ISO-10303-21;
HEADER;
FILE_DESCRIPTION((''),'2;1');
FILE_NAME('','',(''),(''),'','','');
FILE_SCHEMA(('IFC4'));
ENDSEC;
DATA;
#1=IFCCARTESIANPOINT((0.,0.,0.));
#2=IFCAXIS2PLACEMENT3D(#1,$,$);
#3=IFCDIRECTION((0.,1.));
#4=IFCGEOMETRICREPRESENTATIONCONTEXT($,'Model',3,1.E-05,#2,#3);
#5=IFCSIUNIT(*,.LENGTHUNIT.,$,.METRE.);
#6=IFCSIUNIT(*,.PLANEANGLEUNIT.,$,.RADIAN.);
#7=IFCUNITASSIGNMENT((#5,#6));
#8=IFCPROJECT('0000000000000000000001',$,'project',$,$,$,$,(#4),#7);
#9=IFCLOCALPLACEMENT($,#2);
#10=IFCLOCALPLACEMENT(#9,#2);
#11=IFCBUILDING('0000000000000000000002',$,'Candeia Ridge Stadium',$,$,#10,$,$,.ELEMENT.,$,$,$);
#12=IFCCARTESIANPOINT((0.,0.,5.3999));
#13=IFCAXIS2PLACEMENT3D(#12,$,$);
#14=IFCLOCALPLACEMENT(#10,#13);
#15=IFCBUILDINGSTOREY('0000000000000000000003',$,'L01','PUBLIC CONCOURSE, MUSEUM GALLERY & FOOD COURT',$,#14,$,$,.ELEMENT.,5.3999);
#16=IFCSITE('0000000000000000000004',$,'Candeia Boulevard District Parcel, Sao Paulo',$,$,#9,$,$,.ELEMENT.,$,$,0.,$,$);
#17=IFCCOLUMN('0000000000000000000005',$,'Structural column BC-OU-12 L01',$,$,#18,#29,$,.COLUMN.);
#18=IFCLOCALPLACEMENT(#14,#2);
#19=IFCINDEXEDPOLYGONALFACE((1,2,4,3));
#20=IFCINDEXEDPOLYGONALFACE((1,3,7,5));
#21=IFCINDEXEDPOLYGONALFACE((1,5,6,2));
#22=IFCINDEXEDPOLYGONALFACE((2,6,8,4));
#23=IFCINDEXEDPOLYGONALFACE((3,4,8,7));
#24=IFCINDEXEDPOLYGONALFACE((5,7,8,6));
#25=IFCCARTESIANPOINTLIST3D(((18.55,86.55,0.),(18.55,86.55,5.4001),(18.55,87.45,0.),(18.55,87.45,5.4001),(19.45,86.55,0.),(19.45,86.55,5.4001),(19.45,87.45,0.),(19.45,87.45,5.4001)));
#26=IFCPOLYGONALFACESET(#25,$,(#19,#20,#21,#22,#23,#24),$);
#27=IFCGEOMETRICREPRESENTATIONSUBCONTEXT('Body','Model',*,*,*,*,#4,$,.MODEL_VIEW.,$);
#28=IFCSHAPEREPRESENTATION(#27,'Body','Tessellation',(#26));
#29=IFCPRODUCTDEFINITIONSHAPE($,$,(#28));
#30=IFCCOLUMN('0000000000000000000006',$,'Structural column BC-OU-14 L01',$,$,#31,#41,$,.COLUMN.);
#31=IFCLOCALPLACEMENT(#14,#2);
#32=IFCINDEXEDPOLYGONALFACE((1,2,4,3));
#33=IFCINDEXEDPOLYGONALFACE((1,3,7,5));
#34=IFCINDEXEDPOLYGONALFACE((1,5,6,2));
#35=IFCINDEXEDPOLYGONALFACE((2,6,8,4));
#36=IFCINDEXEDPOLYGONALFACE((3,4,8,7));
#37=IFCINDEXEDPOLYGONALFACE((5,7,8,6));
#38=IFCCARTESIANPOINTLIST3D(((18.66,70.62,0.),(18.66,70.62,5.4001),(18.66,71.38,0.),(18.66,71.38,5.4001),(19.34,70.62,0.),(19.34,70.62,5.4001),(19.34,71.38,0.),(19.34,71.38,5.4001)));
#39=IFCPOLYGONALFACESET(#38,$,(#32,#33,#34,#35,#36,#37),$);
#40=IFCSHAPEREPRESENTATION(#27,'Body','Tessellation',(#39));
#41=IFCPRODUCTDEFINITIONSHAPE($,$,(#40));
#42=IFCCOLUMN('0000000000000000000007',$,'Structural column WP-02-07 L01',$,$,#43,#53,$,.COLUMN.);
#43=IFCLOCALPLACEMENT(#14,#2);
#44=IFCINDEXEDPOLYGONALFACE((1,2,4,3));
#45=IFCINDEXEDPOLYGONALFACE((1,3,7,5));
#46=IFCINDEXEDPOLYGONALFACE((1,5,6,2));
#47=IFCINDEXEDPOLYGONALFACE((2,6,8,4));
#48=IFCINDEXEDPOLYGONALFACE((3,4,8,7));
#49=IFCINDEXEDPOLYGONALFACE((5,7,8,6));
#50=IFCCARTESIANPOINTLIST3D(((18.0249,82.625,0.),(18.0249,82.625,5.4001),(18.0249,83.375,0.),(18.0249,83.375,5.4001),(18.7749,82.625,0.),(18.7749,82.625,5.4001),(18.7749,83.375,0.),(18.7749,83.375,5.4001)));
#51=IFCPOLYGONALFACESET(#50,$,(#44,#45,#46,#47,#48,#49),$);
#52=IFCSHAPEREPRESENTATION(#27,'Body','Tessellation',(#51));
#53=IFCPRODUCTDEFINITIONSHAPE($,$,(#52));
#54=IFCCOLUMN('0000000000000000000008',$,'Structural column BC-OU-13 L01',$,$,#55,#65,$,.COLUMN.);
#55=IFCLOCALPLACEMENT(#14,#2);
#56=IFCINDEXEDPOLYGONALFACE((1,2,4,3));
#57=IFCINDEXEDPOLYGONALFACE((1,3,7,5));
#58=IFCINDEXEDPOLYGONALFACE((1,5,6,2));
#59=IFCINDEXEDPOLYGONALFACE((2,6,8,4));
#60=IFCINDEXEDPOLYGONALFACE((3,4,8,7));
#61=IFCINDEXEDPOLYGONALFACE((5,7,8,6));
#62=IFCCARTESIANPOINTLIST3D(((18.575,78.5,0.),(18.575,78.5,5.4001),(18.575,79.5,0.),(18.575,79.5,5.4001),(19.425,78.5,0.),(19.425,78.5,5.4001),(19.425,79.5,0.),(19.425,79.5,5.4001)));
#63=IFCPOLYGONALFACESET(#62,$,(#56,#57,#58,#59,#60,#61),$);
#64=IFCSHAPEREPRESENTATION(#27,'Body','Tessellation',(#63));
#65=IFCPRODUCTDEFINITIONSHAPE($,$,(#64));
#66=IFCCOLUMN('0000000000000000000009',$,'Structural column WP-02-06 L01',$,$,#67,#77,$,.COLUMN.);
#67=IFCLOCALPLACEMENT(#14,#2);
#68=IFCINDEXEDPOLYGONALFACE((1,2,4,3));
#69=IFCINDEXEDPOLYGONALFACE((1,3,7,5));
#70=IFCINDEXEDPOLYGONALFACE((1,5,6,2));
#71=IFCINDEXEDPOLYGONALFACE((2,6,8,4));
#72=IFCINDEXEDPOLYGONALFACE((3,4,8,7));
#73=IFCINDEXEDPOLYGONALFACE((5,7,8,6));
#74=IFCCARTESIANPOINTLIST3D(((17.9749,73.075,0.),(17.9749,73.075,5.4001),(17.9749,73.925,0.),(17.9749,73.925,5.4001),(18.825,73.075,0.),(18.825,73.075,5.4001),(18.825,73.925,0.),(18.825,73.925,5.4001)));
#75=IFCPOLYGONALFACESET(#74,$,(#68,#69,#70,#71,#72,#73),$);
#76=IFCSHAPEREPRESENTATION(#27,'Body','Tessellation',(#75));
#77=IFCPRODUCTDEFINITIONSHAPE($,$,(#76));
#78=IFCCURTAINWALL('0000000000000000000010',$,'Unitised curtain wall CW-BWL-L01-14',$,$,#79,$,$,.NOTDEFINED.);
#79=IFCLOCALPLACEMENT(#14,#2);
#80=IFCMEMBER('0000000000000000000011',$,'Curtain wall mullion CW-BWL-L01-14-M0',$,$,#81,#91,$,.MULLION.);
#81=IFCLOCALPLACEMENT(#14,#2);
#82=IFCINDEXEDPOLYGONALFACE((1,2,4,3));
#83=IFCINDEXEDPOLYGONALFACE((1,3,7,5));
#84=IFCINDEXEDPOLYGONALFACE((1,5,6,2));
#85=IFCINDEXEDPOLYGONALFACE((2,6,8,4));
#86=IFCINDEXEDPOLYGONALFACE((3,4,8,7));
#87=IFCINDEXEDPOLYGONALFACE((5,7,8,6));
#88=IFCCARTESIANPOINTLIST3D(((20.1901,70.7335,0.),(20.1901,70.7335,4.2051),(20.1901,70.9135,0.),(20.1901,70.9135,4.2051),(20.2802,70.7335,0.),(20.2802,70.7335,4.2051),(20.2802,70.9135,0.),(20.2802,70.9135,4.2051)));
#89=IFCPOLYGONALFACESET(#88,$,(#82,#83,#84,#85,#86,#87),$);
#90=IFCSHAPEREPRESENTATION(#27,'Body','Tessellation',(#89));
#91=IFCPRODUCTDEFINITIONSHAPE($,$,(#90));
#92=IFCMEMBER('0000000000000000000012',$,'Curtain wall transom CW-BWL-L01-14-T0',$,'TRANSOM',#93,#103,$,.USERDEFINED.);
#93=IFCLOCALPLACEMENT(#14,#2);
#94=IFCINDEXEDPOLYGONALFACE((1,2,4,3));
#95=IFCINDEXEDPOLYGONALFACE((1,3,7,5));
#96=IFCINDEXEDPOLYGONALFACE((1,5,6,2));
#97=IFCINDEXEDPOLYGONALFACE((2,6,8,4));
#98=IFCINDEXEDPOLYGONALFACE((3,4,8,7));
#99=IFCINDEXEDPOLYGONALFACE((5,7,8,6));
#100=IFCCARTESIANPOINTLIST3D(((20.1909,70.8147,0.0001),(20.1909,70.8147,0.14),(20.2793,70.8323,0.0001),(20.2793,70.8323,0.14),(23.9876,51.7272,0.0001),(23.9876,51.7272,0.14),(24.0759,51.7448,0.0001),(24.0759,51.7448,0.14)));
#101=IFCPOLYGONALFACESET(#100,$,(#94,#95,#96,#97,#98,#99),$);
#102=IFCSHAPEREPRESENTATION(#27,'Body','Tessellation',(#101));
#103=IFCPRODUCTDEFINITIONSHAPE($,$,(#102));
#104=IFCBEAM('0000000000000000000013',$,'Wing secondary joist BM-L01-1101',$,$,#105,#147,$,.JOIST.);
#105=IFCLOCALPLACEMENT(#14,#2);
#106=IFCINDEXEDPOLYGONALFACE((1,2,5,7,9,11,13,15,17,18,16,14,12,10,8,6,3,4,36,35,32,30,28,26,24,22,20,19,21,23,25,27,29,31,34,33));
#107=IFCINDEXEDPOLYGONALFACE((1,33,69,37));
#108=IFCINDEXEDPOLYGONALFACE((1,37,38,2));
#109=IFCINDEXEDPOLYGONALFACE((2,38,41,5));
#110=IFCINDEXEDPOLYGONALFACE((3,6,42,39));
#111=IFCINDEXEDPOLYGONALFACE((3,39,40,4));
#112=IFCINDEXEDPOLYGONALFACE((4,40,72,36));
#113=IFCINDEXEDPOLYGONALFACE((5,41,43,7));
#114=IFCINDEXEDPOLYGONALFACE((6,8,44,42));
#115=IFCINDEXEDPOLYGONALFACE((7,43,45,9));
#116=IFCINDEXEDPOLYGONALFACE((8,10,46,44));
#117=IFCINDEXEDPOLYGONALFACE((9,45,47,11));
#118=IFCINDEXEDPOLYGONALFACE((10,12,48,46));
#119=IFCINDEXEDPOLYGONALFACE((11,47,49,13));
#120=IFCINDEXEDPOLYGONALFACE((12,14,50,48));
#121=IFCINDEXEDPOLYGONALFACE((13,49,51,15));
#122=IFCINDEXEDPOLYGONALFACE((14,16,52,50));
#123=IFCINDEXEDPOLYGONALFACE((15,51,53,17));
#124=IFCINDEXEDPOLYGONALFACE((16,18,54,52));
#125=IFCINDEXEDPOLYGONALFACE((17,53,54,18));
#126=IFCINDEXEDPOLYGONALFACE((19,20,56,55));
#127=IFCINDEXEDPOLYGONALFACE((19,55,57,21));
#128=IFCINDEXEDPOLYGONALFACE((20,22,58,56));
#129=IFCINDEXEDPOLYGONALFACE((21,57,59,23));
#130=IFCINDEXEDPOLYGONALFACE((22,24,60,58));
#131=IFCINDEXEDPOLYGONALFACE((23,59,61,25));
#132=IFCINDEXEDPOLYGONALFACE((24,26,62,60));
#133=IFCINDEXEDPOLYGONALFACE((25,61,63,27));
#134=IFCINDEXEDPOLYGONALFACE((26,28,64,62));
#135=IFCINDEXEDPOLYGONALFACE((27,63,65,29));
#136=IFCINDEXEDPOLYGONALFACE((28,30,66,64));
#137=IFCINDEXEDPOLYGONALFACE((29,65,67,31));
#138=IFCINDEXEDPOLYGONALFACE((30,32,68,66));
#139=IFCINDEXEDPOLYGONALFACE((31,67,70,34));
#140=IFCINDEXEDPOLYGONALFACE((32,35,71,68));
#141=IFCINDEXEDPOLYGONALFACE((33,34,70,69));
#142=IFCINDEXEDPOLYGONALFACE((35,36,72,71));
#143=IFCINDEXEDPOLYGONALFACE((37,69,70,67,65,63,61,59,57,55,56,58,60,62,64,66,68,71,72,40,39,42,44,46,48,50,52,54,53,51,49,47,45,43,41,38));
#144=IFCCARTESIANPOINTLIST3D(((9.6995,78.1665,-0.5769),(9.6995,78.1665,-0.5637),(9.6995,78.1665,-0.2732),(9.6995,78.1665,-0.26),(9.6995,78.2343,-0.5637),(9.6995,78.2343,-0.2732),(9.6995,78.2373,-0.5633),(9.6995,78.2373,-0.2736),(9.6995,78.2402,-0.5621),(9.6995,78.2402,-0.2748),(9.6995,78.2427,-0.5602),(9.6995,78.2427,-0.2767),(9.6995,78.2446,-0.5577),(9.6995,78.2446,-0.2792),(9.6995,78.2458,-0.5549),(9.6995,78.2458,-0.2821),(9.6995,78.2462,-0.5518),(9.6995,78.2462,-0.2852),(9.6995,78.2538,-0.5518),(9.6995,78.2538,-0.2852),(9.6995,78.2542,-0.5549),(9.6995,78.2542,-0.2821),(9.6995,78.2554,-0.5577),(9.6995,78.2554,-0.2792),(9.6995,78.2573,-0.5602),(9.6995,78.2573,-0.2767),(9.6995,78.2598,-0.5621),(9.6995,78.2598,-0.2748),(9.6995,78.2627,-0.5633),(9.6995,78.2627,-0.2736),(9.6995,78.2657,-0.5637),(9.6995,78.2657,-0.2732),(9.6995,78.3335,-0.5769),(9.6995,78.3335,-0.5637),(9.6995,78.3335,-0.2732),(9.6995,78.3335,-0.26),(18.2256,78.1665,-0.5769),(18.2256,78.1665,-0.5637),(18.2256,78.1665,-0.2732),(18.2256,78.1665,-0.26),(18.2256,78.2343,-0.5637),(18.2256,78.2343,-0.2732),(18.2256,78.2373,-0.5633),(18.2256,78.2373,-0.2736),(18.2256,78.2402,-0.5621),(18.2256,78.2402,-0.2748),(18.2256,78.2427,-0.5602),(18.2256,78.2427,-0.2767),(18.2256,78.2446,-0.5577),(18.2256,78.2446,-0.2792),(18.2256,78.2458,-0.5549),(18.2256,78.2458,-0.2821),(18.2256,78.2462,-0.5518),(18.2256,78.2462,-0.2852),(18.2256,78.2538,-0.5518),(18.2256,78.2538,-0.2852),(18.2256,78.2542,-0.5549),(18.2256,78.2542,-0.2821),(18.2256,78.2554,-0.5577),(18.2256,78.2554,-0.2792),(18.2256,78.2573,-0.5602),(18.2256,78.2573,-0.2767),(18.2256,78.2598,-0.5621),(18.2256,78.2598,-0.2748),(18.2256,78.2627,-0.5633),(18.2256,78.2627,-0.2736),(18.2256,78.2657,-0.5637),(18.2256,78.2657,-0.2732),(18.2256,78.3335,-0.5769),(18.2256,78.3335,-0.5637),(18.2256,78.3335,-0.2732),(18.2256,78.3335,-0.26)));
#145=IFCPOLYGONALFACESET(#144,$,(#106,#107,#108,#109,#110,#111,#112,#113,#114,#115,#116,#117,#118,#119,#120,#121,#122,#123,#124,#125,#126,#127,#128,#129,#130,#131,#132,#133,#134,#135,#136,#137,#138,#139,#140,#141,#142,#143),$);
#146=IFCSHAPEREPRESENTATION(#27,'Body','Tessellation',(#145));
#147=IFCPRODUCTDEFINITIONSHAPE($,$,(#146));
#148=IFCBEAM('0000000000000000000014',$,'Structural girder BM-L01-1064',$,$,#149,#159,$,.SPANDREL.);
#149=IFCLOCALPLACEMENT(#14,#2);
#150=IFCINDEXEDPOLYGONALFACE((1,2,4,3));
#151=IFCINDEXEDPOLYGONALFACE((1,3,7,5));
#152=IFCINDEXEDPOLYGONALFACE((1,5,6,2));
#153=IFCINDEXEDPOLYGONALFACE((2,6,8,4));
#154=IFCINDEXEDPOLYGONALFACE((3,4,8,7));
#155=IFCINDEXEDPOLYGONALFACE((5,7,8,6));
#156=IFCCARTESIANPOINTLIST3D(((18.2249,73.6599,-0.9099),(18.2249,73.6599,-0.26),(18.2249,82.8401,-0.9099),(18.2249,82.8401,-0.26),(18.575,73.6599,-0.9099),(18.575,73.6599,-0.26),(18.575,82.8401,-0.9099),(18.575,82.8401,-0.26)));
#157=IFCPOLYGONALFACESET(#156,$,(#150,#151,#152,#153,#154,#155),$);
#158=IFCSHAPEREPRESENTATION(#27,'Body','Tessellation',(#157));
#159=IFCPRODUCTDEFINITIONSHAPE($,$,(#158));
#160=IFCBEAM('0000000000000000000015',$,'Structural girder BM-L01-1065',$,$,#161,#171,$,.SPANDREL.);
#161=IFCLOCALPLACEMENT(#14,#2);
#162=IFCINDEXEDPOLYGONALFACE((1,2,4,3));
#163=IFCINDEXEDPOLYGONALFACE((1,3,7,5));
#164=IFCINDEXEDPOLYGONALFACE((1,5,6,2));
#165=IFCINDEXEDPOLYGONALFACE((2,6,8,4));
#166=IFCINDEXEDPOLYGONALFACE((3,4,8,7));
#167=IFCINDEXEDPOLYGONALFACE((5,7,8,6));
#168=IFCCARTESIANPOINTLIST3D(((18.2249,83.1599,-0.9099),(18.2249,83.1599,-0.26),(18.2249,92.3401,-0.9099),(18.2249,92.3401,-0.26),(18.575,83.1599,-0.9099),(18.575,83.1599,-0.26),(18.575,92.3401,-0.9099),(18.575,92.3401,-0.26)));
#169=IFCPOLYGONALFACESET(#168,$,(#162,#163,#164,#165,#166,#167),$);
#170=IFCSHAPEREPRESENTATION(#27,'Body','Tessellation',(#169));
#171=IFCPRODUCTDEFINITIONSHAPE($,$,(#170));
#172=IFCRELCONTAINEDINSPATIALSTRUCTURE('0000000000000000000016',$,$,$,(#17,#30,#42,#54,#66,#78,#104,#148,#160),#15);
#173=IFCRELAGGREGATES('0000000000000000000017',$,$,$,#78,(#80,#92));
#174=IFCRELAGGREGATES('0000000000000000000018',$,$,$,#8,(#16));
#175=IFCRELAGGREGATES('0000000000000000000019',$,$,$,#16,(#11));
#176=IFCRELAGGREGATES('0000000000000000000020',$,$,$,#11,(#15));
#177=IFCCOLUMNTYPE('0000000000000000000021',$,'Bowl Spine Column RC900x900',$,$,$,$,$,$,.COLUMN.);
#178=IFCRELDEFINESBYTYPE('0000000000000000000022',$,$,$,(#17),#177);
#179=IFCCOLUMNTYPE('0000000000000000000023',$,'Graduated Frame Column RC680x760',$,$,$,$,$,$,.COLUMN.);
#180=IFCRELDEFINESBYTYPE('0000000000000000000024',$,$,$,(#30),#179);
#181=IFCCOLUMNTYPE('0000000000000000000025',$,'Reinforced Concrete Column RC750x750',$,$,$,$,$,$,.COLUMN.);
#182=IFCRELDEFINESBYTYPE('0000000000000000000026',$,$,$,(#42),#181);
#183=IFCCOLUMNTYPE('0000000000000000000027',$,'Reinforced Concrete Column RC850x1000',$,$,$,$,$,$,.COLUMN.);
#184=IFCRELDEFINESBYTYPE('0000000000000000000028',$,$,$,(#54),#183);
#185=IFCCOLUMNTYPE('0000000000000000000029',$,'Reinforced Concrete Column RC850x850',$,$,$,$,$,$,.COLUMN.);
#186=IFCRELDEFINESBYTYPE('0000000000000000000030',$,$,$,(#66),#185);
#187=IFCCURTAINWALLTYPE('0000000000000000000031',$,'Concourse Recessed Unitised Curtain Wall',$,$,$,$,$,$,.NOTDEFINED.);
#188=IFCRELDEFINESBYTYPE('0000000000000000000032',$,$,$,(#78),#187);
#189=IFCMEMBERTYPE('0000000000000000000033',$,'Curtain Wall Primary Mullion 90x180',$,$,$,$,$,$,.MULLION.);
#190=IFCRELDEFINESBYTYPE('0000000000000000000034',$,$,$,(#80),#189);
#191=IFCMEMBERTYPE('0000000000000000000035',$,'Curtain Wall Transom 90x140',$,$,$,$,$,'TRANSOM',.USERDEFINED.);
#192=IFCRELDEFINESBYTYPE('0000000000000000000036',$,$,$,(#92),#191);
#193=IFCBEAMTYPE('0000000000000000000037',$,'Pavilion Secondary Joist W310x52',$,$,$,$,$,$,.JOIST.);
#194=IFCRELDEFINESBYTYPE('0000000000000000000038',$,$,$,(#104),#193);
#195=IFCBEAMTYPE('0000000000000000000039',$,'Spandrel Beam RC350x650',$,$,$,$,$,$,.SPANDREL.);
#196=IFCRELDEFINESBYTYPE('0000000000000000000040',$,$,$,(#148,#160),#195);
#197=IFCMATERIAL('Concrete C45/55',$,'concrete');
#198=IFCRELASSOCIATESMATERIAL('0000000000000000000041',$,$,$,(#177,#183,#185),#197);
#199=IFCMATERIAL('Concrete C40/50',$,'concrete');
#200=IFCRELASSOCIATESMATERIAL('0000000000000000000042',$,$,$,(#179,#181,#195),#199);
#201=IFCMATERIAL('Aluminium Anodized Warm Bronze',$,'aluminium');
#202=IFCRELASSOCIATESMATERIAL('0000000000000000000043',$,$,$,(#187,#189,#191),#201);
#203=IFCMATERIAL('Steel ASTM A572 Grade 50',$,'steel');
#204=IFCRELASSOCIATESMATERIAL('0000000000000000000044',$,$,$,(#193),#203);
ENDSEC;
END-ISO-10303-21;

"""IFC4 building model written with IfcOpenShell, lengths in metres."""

from ifc_helpers import new_model, si_unit, direction, frame, origin, origin_2d, place, context, subcontext, project, spatial, rectangle, i_section, extrude, material, material_profile, profile_set, type_object, element, aggregate, save


model = new_model("IFC4")

# Units and contexts
model_context = context("Model", 3, precision=1e-05, world=origin(), true_north=direction((0.0, 1.0)))
body_context = subcontext(model_context, "Body", "Model", "MODEL_VIEW")
ifc_project = project(units=[si_unit("LENGTHUNIT", "METRE"), si_unit("PLANEANGLEUNIT", "RADIAN")], contexts=[model_context])

# Site, building, storey
site_placement = place(None, origin())
site = spatial("IfcSite", under=ifc_project, at=site_placement, Name="Candeia Boulevard District Parcel, Sao Paulo", CompositionType="ELEMENT", RefElevation=0.0)
building_placement = place(site_placement, origin())
building = spatial("IfcBuilding", under=site, at=building_placement, Name="Candeia Ridge Stadium", CompositionType="ELEMENT")
storey_placement = place(building_placement, frame((0.0, 0.0, 5.3999)))
storey = spatial("IfcBuildingStorey", under=building, at=storey_placement, Name="L01", Description="PUBLIC CONCOURSE, MUSEUM GALLERY & FOOD COURT", CompositionType="ELEMENT", Elevation=5.3999)

# Columns
ifc_material_1 = material(Name="Concrete C45/55", Category="concrete")
ifc_material_profile_1 = material_profile(ifc_material_1, rectangle(XDim=0.8999, YDim=0.8999, at=origin_2d()), Name="RC900x900", Category="concrete")
ifc_profile_set_1 = profile_set([ifc_material_profile_1], Name="Concrete C45/55")
column_type_1 = type_object("IfcColumnType", Name="Bowl Spine Column RC900x900", PredefinedType="COLUMN", material=ifc_profile_set_1)
column_1_placement = place(storey_placement, frame((19.0, 87.0, 0.0), z_axis=(0.0, 0.0, 1.0), x_axis=(1.0, 0.0, 0.0)))
element("IfcColumn", 1, at=column_1_placement, inside=storey, type_object=column_type_1, Name="Structural column BC-OU-12 L01", PredefinedType="COLUMN", context=body_context, shape_type="SweptSolid", body=[
    extrude(rectangle(XDim=0.8999, YDim=0.8999, at=origin_2d()), origin(), (0.0, 0.0, 1.0), 5.4001),
])
ifc_material_2 = material(Name="Concrete C40/50", Category="concrete")
ifc_material_profile_2 = material_profile(ifc_material_2, rectangle(XDim=0.6799, YDim=0.76, at=origin_2d()), Name="RC680x760", Category="concrete")
ifc_profile_set_2 = profile_set([ifc_material_profile_2], Name="Concrete C40/50")
column_type_2 = type_object("IfcColumnType", Name="Graduated Frame Column RC680x760", PredefinedType="COLUMN", material=ifc_profile_set_2)
column_2_placement = place(storey_placement, frame((19.0, 71.0, 0.0), z_axis=(0.0, 0.0, 1.0), x_axis=(1.0, 0.0, 0.0)))
element("IfcColumn", 2, at=column_2_placement, inside=storey, type_object=column_type_2, Name="Structural column BC-OU-14 L01", PredefinedType="COLUMN", context=body_context, shape_type="SweptSolid", body=[
    extrude(rectangle(XDim=0.6799, YDim=0.76, at=origin_2d()), origin(), (0.0, 0.0, 1.0), 5.4001),
])
ifc_material_profile_3 = material_profile(ifc_material_2, rectangle(XDim=0.75, YDim=0.75, at=origin_2d()), Name="RC750x750", Category="concrete")
ifc_profile_set_3 = profile_set([ifc_material_profile_3], Name="Concrete C40/50")
column_type_3 = type_object("IfcColumnType", Name="Reinforced Concrete Column RC750x750", PredefinedType="COLUMN", material=ifc_profile_set_3)
column_3_placement = place(storey_placement, frame((18.3999, 83.0, 0.0), z_axis=(0.0, 0.0, 1.0), x_axis=(1.0, 0.0, 0.0)))
element("IfcColumn", 3, at=column_3_placement, inside=storey, type_object=column_type_3, Name="Structural column WP-02-07 L01", PredefinedType="COLUMN", context=body_context, shape_type="SweptSolid", body=[
    extrude(rectangle(XDim=0.75, YDim=0.75, at=origin_2d()), origin(), (0.0, 0.0, 1.0), 5.4001),
])
ifc_material_profile_4 = material_profile(ifc_material_1, rectangle(XDim=0.8501, YDim=1.0, at=origin_2d()), Name="RC850x1000", Category="concrete")
ifc_profile_set_4 = profile_set([ifc_material_profile_4], Name="Concrete C45/55")
column_type_4 = type_object("IfcColumnType", Name="Reinforced Concrete Column RC850x1000", PredefinedType="COLUMN", material=ifc_profile_set_4)
column_4_placement = place(storey_placement, frame((19.0, 79.0, 0.0), z_axis=(0.0, 0.0, 1.0), x_axis=(1.0, 0.0, 0.0)))
element("IfcColumn", 4, at=column_4_placement, inside=storey, type_object=column_type_4, Name="Structural column BC-OU-13 L01", PredefinedType="COLUMN", context=body_context, shape_type="SweptSolid", body=[
    extrude(rectangle(XDim=0.8501, YDim=1.0, at=origin_2d()), origin(), (0.0, 0.0, 1.0), 5.4001),
])
ifc_material_profile_5 = material_profile(ifc_material_1, rectangle(XDim=0.8501, YDim=0.8501, at=origin_2d()), Name="RC850x850", Category="concrete")
ifc_profile_set_5 = profile_set([ifc_material_profile_5], Name="Concrete C45/55")
column_type_5 = type_object("IfcColumnType", Name="Reinforced Concrete Column RC850x850", PredefinedType="COLUMN", material=ifc_profile_set_5)
column_5_placement = place(storey_placement, frame((18.3999, 73.5, 0.0), z_axis=(0.0, 0.0, 1.0), x_axis=(1.0, 0.0, 0.0)))
element("IfcColumn", 5, at=column_5_placement, inside=storey, type_object=column_type_5, Name="Structural column WP-02-06 L01", PredefinedType="COLUMN", context=body_context, shape_type="SweptSolid", body=[
    extrude(rectangle(XDim=0.8501, YDim=0.8501, at=origin_2d()), origin(), (0.0, 0.0, 1.0), 5.4001),
])

# Curtain wall, members
ifc_material_3 = material(Name="Aluminium Anodized Warm Bronze", Category="aluminium")
curtain_wall_type = type_object("IfcCurtainWallType", Name="Concourse Recessed Unitised Curtain Wall", PredefinedType="NOTDEFINED", material=ifc_material_3)
curtain_wall_placement = place(storey_placement, origin())
curtain_wall = element("IfcCurtainWall", 6, at=curtain_wall_placement, inside=storey, type_object=curtain_wall_type, Name="Unitised curtain wall CW-BWL-L01-14", PredefinedType="NOTDEFINED")
ifc_material_profile_6 = material_profile(ifc_material_3, rectangle(XDim=0.0901, YDim=0.1799, at=origin_2d()), Name="CWM-90x180", Category="aluminium")
ifc_profile_set_6 = profile_set([ifc_material_profile_6], Name="Aluminium Anodized Warm Bronze")
member_type_1 = type_object("IfcMemberType", Name="Curtain Wall Primary Mullion 90x180", PredefinedType="MULLION", material=ifc_profile_set_6)
member_1_placement = place(storey_placement, frame((20.2351, 70.8235, 0.0), z_axis=(0.0, 0.0, 1.0), x_axis=(1.0, 0.0, 0.0)))
member_1 = element("IfcMember", 7, at=member_1_placement, type_object=member_type_1, Name="Curtain wall mullion CW-BWL-L01-14-M0", PredefinedType="MULLION", context=body_context, shape_type="SweptSolid", body=[
    extrude(rectangle(XDim=0.0901, YDim=0.1799, at=origin_2d()), origin(), (0.0, 0.0, 1.0), 4.2051),
])
ifc_material_profile_7 = material_profile(ifc_material_3, rectangle(XDim=0.0901, YDim=0.1399, at=origin_2d()), Name="CWT-90x140", Category="aluminium")
ifc_profile_set_7 = profile_set([ifc_material_profile_7], Name="Aluminium Anodized Warm Bronze")
member_type_2 = type_object("IfcMemberType", Name="Curtain Wall Transom 90x140", ElementType="TRANSOM", PredefinedType="USERDEFINED", material=ifc_profile_set_7)
member_2_placement = place(storey_placement, frame((20.2351, 70.8235, 0.0701), z_axis=(0.195086, -0.980786, 0.0), x_axis=(0.980786, 0.195086, 0.0)))
member_2 = element("IfcMember", 8, at=member_2_placement, type_object=member_type_2, Name="Curtain wall transom CW-BWL-L01-14-T0", ObjectType="TRANSOM", PredefinedType="USERDEFINED", context=body_context, shape_type="SweptSolid", body=[
    extrude(rectangle(XDim=0.0901, YDim=0.1399, at=origin_2d()), origin(), (0.0, 0.0, 1.0), 19.4614),
])
aggregate(curtain_wall, [member_1, member_2])

# Beams
ifc_material_4 = material(Name="Steel ASTM A572 Grade 50", Category="steel")
ifc_material_profile_8 = material_profile(ifc_material_4, i_section(OverallWidth=0.167, OverallDepth=0.3169, WebThickness=0.0076, FlangeThickness=0.0132, FilletRadius=0.012, at=origin_2d()), Name="W310x52", Category="steel")
ifc_profile_set_8 = profile_set([ifc_material_profile_8], Name="Steel ASTM A572 Grade 50")
beam_type_1 = type_object("IfcBeamType", Name="Pavilion Secondary Joist W310x52", PredefinedType="JOIST", material=ifc_profile_set_8)
beam_1_placement = place(storey_placement, frame((9.6995, 78.25, -0.4185), z_axis=(1.0, 0.0, 0.0), x_axis=(0.0, 1.0, 0.0)))
element("IfcBeam", 9, at=beam_1_placement, inside=storey, type_object=beam_type_1, Name="Wing secondary joist BM-L01-1101", PredefinedType="JOIST", context=body_context, shape_type="SweptSolid", body=[
    extrude(i_section(OverallWidth=0.167, OverallDepth=0.3169, WebThickness=0.0076, FlangeThickness=0.0132, FilletRadius=0.012, at=origin_2d()), origin(), (0.0, 0.0, 1.0), 8.5261),
])
ifc_material_profile_9 = material_profile(ifc_material_2, rectangle(XDim=0.3501, YDim=0.6499, at=origin_2d()), Name="RC350x650", Category="concrete")
ifc_profile_set_9 = profile_set([ifc_material_profile_9], Name="Concrete C40/50")
beam_type_2 = type_object("IfcBeamType", Name="Spandrel Beam RC350x650", PredefinedType="SPANDREL", material=ifc_profile_set_9)
for number, where, z_axis, x_axis, name in (
    (10, (18.3999, 73.6599, -0.585), (0.0, 1.0, 0.0), (-1.0, 0.0, 0.0), "Structural girder BM-L01-1064"),
    (11, (18.3999, 83.1599, -0.585), (0.0, 1.0, 0.0), (-1.0, 0.0, 0.0), "Structural girder BM-L01-1065"),
):
    element("IfcBeam", number, at=place(storey_placement, frame(where, z_axis=z_axis, x_axis=x_axis)), inside=storey, type_object=beam_type_2, Name=name, PredefinedType="SPANDREL", context=body_context, shape_type="SweptSolid", body=[
        extrude(rectangle(XDim=0.3501, YDim=0.6499, at=origin_2d()), origin(), (0.0, 0.0, 1.0), 9.1802),
    ])

save(model, "model.ifc")
